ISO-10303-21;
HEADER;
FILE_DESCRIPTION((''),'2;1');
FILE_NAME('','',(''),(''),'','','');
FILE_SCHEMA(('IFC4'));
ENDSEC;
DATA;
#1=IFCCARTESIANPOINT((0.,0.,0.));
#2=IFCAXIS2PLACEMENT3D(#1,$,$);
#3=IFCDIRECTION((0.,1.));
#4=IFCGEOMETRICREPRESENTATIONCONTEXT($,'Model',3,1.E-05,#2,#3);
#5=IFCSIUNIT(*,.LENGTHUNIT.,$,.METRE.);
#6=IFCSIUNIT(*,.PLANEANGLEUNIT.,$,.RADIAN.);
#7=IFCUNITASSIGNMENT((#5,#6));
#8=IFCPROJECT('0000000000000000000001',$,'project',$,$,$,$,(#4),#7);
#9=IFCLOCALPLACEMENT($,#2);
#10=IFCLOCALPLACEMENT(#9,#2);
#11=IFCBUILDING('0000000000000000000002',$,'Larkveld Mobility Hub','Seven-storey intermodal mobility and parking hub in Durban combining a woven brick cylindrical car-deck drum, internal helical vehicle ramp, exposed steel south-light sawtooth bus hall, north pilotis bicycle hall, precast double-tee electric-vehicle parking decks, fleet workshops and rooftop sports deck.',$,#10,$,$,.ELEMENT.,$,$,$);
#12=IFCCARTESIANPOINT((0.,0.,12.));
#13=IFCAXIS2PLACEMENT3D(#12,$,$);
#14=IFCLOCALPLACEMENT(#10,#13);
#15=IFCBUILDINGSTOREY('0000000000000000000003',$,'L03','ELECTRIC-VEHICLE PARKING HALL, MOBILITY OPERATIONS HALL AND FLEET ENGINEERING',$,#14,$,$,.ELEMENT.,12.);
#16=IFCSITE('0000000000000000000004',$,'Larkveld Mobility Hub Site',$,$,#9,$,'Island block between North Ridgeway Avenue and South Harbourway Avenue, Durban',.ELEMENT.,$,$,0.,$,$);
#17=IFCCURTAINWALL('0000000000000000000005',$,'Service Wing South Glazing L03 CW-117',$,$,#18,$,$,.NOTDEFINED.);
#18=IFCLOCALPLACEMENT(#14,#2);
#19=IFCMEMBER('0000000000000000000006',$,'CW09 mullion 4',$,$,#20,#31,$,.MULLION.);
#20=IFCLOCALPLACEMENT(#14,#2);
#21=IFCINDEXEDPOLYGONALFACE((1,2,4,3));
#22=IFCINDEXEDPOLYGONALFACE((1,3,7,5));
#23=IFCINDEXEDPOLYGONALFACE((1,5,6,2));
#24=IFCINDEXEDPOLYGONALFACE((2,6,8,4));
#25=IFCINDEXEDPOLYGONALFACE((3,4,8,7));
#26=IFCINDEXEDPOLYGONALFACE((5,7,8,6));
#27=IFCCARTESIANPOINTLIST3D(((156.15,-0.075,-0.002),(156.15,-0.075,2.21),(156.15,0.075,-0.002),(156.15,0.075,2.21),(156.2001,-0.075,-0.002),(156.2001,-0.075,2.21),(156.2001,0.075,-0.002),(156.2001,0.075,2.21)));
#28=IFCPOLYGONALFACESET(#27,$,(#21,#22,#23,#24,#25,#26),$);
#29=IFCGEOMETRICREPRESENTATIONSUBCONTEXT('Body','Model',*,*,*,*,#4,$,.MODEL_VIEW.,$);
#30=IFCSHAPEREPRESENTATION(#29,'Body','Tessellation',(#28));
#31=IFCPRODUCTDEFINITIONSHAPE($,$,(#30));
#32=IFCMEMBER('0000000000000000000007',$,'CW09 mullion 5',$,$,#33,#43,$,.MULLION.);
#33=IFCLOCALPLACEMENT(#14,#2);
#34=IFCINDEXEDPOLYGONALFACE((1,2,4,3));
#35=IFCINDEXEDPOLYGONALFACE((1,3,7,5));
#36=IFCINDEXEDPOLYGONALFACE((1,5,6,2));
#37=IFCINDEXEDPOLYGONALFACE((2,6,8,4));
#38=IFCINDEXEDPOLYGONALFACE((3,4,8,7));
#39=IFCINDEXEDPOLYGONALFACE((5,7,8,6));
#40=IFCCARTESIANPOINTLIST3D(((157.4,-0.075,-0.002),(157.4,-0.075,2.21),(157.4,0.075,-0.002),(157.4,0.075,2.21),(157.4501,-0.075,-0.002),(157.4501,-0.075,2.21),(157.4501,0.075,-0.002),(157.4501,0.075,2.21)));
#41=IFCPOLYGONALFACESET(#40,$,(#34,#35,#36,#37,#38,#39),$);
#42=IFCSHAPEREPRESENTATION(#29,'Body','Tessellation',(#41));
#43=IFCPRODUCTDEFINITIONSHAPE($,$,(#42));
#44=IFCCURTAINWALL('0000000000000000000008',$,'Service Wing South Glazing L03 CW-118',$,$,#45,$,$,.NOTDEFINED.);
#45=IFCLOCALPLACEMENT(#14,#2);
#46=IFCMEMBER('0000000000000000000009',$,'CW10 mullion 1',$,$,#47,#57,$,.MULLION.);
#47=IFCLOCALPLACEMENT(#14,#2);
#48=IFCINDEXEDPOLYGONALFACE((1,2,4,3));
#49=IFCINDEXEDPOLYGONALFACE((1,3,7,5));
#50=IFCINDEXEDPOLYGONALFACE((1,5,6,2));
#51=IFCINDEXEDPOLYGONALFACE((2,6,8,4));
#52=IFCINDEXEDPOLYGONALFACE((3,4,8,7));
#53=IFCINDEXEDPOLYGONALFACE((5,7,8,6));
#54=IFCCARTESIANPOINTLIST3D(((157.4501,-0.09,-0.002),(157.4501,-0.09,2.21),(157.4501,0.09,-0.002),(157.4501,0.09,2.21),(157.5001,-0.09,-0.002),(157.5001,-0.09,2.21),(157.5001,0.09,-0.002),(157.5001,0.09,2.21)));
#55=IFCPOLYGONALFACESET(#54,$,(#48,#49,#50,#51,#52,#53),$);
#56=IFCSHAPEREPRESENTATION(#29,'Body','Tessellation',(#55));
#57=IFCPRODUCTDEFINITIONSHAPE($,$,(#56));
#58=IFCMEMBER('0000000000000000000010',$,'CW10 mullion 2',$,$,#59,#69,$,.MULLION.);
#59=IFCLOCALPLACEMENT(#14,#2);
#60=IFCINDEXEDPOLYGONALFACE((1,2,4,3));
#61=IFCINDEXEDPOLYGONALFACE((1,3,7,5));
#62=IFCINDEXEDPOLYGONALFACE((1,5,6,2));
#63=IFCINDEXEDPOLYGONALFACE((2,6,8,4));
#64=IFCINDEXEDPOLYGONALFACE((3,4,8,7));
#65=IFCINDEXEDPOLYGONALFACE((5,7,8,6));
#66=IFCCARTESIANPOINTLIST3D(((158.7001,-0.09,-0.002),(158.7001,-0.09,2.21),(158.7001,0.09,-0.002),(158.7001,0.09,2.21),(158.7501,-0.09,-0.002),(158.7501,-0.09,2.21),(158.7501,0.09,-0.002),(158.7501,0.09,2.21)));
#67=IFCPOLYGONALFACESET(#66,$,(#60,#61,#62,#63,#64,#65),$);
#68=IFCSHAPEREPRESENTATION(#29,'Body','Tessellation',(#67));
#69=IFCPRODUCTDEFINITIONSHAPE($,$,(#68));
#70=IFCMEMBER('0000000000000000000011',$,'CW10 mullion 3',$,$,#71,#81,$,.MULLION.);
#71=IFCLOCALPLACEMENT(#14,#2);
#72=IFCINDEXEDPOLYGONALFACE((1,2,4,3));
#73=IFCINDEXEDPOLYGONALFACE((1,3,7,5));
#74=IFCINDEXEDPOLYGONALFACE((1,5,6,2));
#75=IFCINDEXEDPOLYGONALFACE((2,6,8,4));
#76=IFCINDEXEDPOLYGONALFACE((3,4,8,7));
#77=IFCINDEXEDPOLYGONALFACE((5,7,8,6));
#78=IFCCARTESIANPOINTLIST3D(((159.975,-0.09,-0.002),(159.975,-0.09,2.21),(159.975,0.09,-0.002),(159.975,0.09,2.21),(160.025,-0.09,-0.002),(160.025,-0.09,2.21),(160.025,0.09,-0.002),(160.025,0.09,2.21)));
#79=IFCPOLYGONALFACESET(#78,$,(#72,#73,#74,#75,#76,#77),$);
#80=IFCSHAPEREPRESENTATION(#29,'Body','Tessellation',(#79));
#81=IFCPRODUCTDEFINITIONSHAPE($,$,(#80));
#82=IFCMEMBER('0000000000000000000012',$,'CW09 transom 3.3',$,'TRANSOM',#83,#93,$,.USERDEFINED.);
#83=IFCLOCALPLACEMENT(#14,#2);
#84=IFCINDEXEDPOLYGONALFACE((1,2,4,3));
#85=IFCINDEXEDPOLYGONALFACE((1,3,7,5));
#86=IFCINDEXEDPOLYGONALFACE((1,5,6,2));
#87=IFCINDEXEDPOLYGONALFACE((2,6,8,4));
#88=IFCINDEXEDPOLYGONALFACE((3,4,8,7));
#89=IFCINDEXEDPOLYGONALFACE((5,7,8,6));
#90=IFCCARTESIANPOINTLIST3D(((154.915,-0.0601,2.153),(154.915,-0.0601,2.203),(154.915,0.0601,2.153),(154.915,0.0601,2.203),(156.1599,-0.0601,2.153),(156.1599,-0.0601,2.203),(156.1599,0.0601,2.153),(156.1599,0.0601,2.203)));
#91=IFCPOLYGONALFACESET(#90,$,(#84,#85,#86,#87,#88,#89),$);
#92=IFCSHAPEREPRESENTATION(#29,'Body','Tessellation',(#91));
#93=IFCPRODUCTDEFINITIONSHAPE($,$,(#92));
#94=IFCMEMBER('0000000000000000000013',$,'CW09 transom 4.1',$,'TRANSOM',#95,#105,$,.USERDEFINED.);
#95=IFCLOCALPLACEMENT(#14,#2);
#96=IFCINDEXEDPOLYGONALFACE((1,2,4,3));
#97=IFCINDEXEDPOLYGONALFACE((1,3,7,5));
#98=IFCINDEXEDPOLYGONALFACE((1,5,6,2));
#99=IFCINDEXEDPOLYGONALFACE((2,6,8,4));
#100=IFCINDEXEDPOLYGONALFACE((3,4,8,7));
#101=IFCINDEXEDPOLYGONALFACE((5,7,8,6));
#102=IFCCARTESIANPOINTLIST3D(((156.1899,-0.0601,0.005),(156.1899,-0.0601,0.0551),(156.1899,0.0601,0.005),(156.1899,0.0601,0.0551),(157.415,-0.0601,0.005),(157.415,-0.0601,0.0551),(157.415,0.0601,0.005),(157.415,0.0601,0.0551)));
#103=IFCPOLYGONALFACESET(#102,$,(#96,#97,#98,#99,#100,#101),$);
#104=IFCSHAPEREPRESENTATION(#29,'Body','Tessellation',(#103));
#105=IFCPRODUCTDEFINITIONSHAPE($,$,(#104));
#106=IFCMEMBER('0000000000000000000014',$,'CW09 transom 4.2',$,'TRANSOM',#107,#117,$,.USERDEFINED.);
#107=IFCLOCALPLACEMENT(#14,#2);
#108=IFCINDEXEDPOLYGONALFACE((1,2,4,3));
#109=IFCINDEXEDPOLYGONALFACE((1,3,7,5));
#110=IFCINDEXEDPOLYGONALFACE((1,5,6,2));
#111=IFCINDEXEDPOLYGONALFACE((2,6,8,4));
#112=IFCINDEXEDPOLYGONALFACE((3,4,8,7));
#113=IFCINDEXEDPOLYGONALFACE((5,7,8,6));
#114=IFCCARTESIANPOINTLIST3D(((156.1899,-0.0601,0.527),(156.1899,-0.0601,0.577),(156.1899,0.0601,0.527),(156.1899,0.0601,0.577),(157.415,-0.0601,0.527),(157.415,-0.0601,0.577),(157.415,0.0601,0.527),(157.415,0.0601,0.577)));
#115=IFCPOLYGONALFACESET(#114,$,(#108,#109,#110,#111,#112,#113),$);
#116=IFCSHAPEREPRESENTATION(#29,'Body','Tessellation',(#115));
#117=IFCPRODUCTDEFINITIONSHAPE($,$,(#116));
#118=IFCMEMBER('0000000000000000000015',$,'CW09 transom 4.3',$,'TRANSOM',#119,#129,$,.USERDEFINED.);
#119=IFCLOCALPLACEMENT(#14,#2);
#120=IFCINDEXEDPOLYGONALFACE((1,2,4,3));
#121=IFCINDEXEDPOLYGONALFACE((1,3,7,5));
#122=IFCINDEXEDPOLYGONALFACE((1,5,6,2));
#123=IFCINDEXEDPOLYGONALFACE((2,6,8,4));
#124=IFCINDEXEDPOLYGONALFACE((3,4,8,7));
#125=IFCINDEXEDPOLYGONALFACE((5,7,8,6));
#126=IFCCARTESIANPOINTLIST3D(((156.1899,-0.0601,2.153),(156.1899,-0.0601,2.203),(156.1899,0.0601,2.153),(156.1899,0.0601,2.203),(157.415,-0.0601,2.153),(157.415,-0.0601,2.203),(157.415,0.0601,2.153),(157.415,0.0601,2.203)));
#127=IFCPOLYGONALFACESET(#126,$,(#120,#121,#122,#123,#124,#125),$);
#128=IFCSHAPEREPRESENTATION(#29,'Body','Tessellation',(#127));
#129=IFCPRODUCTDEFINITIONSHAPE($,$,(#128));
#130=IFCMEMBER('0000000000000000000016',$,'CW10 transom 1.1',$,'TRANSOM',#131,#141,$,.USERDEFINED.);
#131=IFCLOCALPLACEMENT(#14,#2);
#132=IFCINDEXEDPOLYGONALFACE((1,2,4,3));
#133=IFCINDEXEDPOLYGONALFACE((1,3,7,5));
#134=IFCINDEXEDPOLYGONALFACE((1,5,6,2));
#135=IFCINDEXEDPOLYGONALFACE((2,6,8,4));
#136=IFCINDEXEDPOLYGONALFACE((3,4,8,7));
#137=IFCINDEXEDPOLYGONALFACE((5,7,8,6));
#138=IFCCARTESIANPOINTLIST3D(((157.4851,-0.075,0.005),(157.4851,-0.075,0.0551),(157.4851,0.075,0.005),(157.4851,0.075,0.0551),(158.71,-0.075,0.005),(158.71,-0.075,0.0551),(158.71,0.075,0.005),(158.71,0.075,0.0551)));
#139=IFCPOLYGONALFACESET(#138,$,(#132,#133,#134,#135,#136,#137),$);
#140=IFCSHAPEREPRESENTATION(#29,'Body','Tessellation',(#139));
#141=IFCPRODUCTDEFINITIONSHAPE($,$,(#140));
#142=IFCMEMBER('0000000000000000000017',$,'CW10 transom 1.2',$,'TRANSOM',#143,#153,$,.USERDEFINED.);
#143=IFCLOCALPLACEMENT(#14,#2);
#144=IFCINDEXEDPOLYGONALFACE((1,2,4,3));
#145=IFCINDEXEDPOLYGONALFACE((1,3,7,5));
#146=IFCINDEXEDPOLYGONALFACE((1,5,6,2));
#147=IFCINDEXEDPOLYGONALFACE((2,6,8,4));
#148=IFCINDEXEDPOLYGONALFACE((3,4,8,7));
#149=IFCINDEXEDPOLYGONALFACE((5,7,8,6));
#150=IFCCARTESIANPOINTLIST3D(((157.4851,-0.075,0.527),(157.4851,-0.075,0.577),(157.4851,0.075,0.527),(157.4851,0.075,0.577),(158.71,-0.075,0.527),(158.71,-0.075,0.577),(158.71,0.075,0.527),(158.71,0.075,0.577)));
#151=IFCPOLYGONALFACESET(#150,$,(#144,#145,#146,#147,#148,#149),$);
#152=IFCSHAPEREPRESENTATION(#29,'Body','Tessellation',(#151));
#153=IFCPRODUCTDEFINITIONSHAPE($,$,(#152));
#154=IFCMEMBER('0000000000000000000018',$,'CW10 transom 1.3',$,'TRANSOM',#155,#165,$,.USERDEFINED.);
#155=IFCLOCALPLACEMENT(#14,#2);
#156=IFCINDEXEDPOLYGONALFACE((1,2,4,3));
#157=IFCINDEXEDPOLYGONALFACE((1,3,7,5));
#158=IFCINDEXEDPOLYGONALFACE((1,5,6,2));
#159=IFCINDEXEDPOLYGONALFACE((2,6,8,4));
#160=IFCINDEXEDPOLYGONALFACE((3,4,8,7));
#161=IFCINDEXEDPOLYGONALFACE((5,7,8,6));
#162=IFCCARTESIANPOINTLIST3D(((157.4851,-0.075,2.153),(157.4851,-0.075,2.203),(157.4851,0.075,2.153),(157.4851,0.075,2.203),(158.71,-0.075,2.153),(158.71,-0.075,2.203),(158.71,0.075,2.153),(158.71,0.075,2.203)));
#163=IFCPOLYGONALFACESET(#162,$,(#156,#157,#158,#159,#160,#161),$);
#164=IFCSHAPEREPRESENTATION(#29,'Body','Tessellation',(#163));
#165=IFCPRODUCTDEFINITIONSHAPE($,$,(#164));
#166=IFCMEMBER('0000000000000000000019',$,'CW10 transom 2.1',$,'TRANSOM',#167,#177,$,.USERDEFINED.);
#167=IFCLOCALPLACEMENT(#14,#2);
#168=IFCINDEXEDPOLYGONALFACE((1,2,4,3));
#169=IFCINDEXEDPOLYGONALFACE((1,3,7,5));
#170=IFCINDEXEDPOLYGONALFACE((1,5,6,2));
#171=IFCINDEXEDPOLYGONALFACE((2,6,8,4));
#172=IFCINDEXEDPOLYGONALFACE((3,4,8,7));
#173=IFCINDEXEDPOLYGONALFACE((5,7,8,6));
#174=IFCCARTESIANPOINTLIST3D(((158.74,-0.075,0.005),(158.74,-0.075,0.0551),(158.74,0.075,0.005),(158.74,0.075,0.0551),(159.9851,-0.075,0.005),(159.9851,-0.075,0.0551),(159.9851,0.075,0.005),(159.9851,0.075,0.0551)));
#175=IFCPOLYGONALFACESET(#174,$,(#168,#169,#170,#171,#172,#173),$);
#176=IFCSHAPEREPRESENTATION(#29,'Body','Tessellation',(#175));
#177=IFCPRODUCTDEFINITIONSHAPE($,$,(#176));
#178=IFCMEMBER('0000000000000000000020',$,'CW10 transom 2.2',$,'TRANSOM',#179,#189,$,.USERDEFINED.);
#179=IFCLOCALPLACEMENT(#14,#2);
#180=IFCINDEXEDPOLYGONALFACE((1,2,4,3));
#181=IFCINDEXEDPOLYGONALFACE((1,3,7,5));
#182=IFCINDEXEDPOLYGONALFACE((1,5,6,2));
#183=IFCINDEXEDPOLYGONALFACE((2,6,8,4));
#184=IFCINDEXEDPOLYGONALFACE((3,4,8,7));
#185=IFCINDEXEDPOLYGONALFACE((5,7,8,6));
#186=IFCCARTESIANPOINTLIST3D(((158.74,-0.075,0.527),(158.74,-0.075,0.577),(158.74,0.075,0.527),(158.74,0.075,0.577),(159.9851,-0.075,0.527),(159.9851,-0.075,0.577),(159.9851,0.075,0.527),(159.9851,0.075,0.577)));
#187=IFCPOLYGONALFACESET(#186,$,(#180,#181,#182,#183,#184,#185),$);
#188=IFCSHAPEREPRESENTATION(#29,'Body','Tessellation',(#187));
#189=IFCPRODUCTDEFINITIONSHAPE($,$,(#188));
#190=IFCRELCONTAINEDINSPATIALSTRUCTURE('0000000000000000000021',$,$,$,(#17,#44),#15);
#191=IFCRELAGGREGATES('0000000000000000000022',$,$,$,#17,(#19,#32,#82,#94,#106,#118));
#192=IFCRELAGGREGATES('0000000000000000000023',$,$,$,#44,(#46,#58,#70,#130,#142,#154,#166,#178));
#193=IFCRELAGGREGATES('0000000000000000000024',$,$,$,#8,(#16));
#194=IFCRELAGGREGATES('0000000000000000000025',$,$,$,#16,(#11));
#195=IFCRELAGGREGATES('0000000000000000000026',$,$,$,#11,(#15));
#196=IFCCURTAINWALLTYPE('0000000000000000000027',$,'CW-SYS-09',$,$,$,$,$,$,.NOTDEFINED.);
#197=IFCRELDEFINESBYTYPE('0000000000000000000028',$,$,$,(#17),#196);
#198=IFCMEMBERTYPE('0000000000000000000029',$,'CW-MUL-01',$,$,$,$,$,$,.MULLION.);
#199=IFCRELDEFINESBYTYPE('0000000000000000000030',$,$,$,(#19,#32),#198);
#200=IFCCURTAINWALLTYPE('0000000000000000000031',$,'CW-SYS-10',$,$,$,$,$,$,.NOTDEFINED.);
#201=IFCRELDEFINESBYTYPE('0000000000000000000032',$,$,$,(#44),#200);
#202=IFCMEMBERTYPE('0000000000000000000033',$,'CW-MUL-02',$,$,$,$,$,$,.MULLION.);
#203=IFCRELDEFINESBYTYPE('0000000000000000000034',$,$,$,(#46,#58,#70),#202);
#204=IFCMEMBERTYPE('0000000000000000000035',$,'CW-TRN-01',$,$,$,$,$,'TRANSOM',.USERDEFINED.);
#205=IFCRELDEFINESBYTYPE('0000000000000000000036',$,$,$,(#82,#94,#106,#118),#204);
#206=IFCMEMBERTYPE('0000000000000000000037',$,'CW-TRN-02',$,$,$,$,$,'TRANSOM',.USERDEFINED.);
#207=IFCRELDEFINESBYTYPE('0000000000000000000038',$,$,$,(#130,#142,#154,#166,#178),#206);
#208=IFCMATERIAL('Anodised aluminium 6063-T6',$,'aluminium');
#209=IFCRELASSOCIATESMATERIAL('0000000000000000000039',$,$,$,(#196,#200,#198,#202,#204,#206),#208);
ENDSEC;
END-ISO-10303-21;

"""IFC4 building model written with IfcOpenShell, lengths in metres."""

from ifc_helpers import new_model, si_unit, direction, frame, origin, origin_2d, place, context, subcontext, project, spatial, rectangle, extrude, material, material_profile, profile_set, type_object, element, aggregate, save


model = new_model("IFC4")

# Units and contexts
model_context = context("Model", 3, precision=1e-05, world=origin(), true_north=direction((0.0, 1.0)))
body_context = subcontext(model_context, "Body", "Model", "MODEL_VIEW")
ifc_project = project(units=[si_unit("LENGTHUNIT", "METRE"), si_unit("PLANEANGLEUNIT", "RADIAN")], contexts=[model_context])

# Site, building, storey
site_placement = place(None, origin())
site = spatial("IfcSite", under=ifc_project, at=site_placement, Name="Larkveld Mobility Hub Site", LongName="Island block between North Ridgeway Avenue and South Harbourway Avenue, Durban", CompositionType="ELEMENT", RefElevation=0.0)
building_placement = place(site_placement, origin())
building = spatial("IfcBuilding", under=site, at=building_placement, Name="Larkveld Mobility Hub", Description="Seven-storey intermodal mobility and parking hub in Durban combining a woven brick cylindrical car-deck drum, internal helical vehicle ramp, exposed steel south-light sawtooth bus hall, north pilotis bicycle hall, precast double-tee electric-vehicle parking decks, fleet workshops and rooftop sports deck.", CompositionType="ELEMENT")
storey_placement = place(building_placement, frame((0.0, 0.0, 12.0)))
storey = spatial("IfcBuildingStorey", under=building, at=storey_placement, Name="L03", Description="ELECTRIC-VEHICLE PARKING HALL, MOBILITY OPERATIONS HALL AND FLEET ENGINEERING", CompositionType="ELEMENT", Elevation=12.0)

# Curtain walls, members
ifc_material_1 = material(Name="Anodised aluminium 6063-T6", Category="aluminium")
curtain_wall_type_1 = type_object("IfcCurtainWallType", Name="CW-SYS-09", PredefinedType="NOTDEFINED", material=ifc_material_1)
curtain_wall_1_placement = place(storey_placement, origin())
curtain_wall_1 = element("IfcCurtainWall", 1, at=curtain_wall_1_placement, inside=storey, type_object=curtain_wall_type_1, Name="Service Wing South Glazing L03 CW-117", PredefinedType="NOTDEFINED")
ifc_material_profile_1 = material_profile(ifc_material_1, rectangle(XDim=0.05, YDim=0.1499, at=origin_2d()), Name="ALU MULL 50x150")
ifc_profile_set_1 = profile_set([ifc_material_profile_1], Name="Anodised aluminium 6063-T6")
member_type_1 = type_object("IfcMemberType", Name="CW-MUL-01", PredefinedType="MULLION", material=ifc_profile_set_1)
member_1_placement = place(storey_placement, frame((156.175, 0.0, -0.002), z_axis=(0.0, 0.0, 1.0), x_axis=(1.0, 0.0, 0.0)))
member_1 = element("IfcMember", 2, at=member_1_placement, type_object=member_type_1, Name="CW09 mullion 4", PredefinedType="MULLION", context=body_context, shape_type="SweptSolid", body=[
    extrude(rectangle(XDim=0.05, YDim=0.1499, at=origin_2d()), origin(), (0.0, 0.0, 1.0), 2.2119),
])
member_2_placement = place(storey_placement, frame((157.425, 0.0, -0.002), z_axis=(0.0, 0.0, 1.0), x_axis=(1.0, 0.0, 0.0)))
member_2 = element("IfcMember", 3, at=member_2_placement, type_object=member_type_1, Name="CW09 mullion 5", PredefinedType="MULLION", context=body_context, shape_type="SweptSolid", body=[
    extrude(rectangle(XDim=0.05, YDim=0.1499, at=origin_2d()), origin(), (0.0, 0.0, 1.0), 2.2119),
])
curtain_wall_type_2 = type_object("IfcCurtainWallType", Name="CW-SYS-10", PredefinedType="NOTDEFINED", material=ifc_material_1)
curtain_wall_2_placement = place(storey_placement, origin())
curtain_wall_2 = element("IfcCurtainWall", 4, at=curtain_wall_2_placement, inside=storey, type_object=curtain_wall_type_2, Name="Service Wing South Glazing L03 CW-118", PredefinedType="NOTDEFINED")
ifc_material_profile_2 = material_profile(ifc_material_1, rectangle(XDim=0.05, YDim=0.1799, at=origin_2d()), Name="ALU MULL 50x180")
ifc_profile_set_2 = profile_set([ifc_material_profile_2], Name="Anodised aluminium 6063-T6")
member_type_2 = type_object("IfcMemberType", Name="CW-MUL-02", PredefinedType="MULLION", material=ifc_profile_set_2)
member_3_placement = place(storey_placement, frame((157.4751, 0.0, -0.002), z_axis=(0.0, 0.0, 1.0), x_axis=(1.0, 0.0, 0.0)))
member_3 = element("IfcMember", 5, at=member_3_placement, type_object=member_type_2, Name="CW10 mullion 1", PredefinedType="MULLION", context=body_context, shape_type="SweptSolid", body=[
    extrude(rectangle(XDim=0.05, YDim=0.1799, at=origin_2d()), origin(), (0.0, 0.0, 1.0), 2.2119),
])
member_4_placement = place(storey_placement, frame((158.7251, 0.0, -0.002), z_axis=(0.0, 0.0, 1.0), x_axis=(1.0, 0.0, 0.0)))
member_4 = element("IfcMember", 6, at=member_4_placement, type_object=member_type_2, Name="CW10 mullion 2", PredefinedType="MULLION", context=body_context, shape_type="SweptSolid", body=[
    extrude(rectangle(XDim=0.05, YDim=0.1799, at=origin_2d()), origin(), (0.0, 0.0, 1.0), 2.2119),
])
member_5_placement = place(storey_placement, frame((160.0, 0.0, -0.002), z_axis=(0.0, 0.0, 1.0), x_axis=(1.0, 0.0, 0.0)))
member_5 = element("IfcMember", 7, at=member_5_placement, type_object=member_type_2, Name="CW10 mullion 3", PredefinedType="MULLION", context=body_context, shape_type="SweptSolid", body=[
    extrude(rectangle(XDim=0.05, YDim=0.1799, at=origin_2d()), origin(), (0.0, 0.0, 1.0), 2.2119),
])

# Members
ifc_material_profile_3 = material_profile(ifc_material_1, rectangle(XDim=0.1201, YDim=0.05, at=origin_2d()), Name="ALU TRAN 50x120")
ifc_profile_set_3 = profile_set([ifc_material_profile_3], Name="Anodised aluminium 6063-T6")
member_type_3 = type_object("IfcMemberType", Name="CW-TRN-01", ElementType="TRANSOM", PredefinedType="USERDEFINED", material=ifc_profile_set_3)
member_6_placement = place(storey_placement, frame((154.915, 0.0, 2.178), z_axis=(1.0, 0.0, 0.0), x_axis=(0.0, 1.0, 0.0)))
member_6 = element("IfcMember", 8, at=member_6_placement, type_object=member_type_3, Name="CW09 transom 3.3", ObjectType="TRANSOM", PredefinedType="USERDEFINED", context=body_context, shape_type="SweptSolid", body=[
    extrude(rectangle(XDim=0.1201, YDim=0.05, at=origin_2d()), origin(), (0.0, 0.0, 1.0), 1.2449),
])
member_7_placement = place(storey_placement, frame((156.1899, 0.0, 0.03), z_axis=(1.0, 0.0, 0.0), x_axis=(0.0, 1.0, 0.0)))
member_7 = element("IfcMember", 9, at=member_7_placement, type_object=member_type_3, Name="CW09 transom 4.1", ObjectType="TRANSOM", PredefinedType="USERDEFINED", context=body_context, shape_type="SweptSolid", body=[
    extrude(rectangle(XDim=0.1201, YDim=0.05, at=origin_2d()), origin(), (0.0, 0.0, 1.0), 1.2251),
])
member_8_placement = place(storey_placement, frame((156.1899, 0.0, 0.552), z_axis=(1.0, 0.0, 0.0), x_axis=(0.0, 1.0, 0.0)))
member_8 = element("IfcMember", 10, at=member_8_placement, type_object=member_type_3, Name="CW09 transom 4.2", ObjectType="TRANSOM", PredefinedType="USERDEFINED", context=body_context, shape_type="SweptSolid", body=[
    extrude(rectangle(XDim=0.1201, YDim=0.05, at=origin_2d()), origin(), (0.0, 0.0, 1.0), 1.2251),
])
member_9_placement = place(storey_placement, frame((156.1899, 0.0, 2.178), z_axis=(1.0, 0.0, 0.0), x_axis=(0.0, 1.0, 0.0)))
member_9 = element("IfcMember", 11, at=member_9_placement, type_object=member_type_3, Name="CW09 transom 4.3", ObjectType="TRANSOM", PredefinedType="USERDEFINED", context=body_context, shape_type="SweptSolid", body=[
    extrude(rectangle(XDim=0.1201, YDim=0.05, at=origin_2d()), origin(), (0.0, 0.0, 1.0), 1.2251),
])
ifc_material_profile_4 = material_profile(ifc_material_1, rectangle(XDim=0.1499, YDim=0.05, at=origin_2d()), Name="ALU TRAN 50x150")
ifc_profile_set_4 = profile_set([ifc_material_profile_4], Name="Anodised aluminium 6063-T6")
member_type_4 = type_object("IfcMemberType", Name="CW-TRN-02", ElementType="TRANSOM", PredefinedType="USERDEFINED", material=ifc_profile_set_4)
member_10_placement = place(storey_placement, frame((157.4851, 0.0, 0.03), z_axis=(1.0, 0.0, 0.0), x_axis=(0.0, 1.0, 0.0)))
member_10 = element("IfcMember", 12, at=member_10_placement, type_object=member_type_4, Name="CW10 transom 1.1", ObjectType="TRANSOM", PredefinedType="USERDEFINED", context=body_context, shape_type="SweptSolid", body=[
    extrude(rectangle(XDim=0.1499, YDim=0.05, at=origin_2d()), origin(), (0.0, 0.0, 1.0), 1.2249),
])
member_11_placement = place(storey_placement, frame((157.4851, 0.0, 0.552), z_axis=(1.0, 0.0, 0.0), x_axis=(0.0, 1.0, 0.0)))
member_11 = element("IfcMember", 13, at=member_11_placement, type_object=member_type_4, Name="CW10 transom 1.2", ObjectType="TRANSOM", PredefinedType="USERDEFINED", context=body_context, shape_type="SweptSolid", body=[
    extrude(rectangle(XDim=0.1499, YDim=0.05, at=origin_2d()), origin(), (0.0, 0.0, 1.0), 1.2249),
])
member_12_placement = place(storey_placement, frame((157.4851, 0.0, 2.178), z_axis=(1.0, 0.0, 0.0), x_axis=(0.0, 1.0, 0.0)))
member_12 = element("IfcMember", 14, at=member_12_placement, type_object=member_type_4, Name="CW10 transom 1.3", ObjectType="TRANSOM", PredefinedType="USERDEFINED", context=body_context, shape_type="SweptSolid", body=[
    extrude(rectangle(XDim=0.1499, YDim=0.05, at=origin_2d()), origin(), (0.0, 0.0, 1.0), 1.2249),
])
member_13_placement = place(storey_placement, frame((158.74, 0.0, 0.03), z_axis=(1.0, 0.0, 0.0), x_axis=(0.0, 1.0, 0.0)))
member_13 = element("IfcMember", 15, at=member_13_placement, type_object=member_type_4, Name="CW10 transom 2.1", ObjectType="TRANSOM", PredefinedType="USERDEFINED", context=body_context, shape_type="SweptSolid", body=[
    extrude(rectangle(XDim=0.1499, YDim=0.05, at=origin_2d()), origin(), (0.0, 0.0, 1.0), 1.2451),
])
member_14_placement = place(storey_placement, frame((158.74, 0.0, 0.552), z_axis=(1.0, 0.0, 0.0), x_axis=(0.0, 1.0, 0.0)))
member_14 = element("IfcMember", 16, at=member_14_placement, type_object=member_type_4, Name="CW10 transom 2.2", ObjectType="TRANSOM", PredefinedType="USERDEFINED", context=body_context, shape_type="SweptSolid", body=[
    extrude(rectangle(XDim=0.1499, YDim=0.05, at=origin_2d()), origin(), (0.0, 0.0, 1.0), 1.2451),
])

aggregate(curtain_wall_1, [member_1, member_2, member_6, member_7, member_8, member_9])
aggregate(curtain_wall_2, [member_3, member_4, member_5, member_10, member_11, member_12, member_13, member_14])

save(model, "model.ifc")
